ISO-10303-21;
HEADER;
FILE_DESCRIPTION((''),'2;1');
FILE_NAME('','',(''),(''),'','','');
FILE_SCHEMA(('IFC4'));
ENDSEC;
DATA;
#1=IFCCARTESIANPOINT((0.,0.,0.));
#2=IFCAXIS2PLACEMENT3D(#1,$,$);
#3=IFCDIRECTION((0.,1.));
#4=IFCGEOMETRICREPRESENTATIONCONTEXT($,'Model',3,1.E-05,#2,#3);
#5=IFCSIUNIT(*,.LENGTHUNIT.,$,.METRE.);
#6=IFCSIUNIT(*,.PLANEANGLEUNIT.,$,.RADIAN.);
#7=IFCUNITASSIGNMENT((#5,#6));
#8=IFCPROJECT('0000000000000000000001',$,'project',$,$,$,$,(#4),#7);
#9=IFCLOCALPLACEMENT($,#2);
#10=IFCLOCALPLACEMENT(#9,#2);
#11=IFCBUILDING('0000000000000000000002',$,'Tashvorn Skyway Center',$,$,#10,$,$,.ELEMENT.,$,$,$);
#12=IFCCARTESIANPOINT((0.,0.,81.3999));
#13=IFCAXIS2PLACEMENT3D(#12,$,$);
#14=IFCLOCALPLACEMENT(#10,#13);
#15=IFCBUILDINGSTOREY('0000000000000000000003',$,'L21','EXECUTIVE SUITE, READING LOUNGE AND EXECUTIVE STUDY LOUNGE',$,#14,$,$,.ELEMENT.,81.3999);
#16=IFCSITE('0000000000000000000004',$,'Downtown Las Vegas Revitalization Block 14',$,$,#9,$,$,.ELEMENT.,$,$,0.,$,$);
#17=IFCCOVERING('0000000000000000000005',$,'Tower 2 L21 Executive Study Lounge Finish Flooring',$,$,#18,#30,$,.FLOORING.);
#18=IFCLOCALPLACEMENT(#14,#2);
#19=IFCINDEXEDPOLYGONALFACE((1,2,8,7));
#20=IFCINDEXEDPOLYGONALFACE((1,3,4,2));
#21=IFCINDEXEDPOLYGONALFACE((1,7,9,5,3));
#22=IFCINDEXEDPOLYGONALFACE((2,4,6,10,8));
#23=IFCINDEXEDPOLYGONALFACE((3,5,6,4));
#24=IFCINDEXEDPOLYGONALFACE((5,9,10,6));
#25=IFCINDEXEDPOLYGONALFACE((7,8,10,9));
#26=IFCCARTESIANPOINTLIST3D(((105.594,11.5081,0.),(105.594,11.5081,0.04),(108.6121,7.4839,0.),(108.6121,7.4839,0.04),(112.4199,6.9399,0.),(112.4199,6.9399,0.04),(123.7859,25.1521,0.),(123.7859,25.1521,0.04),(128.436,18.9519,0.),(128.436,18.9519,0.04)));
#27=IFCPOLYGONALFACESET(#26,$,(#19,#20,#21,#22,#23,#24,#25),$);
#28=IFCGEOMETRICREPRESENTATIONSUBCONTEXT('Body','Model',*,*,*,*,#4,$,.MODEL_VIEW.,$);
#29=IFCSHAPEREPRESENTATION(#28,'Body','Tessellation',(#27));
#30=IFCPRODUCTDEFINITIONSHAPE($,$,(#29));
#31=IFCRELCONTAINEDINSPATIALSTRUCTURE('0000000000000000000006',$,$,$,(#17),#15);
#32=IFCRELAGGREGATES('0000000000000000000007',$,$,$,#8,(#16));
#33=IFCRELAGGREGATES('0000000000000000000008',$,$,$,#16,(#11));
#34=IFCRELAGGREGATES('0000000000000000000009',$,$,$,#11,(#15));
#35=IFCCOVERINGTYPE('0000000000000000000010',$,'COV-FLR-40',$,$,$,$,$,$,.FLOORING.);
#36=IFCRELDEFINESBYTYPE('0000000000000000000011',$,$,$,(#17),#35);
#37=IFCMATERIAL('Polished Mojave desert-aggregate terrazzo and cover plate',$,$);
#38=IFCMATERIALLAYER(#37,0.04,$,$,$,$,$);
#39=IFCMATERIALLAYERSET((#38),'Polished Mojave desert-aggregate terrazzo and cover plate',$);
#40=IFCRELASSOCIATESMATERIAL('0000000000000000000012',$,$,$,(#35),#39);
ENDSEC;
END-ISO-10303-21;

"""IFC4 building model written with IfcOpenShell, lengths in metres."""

from ifc_helpers import new_model, si_unit, direction, frame, origin, place, context, subcontext, project, spatial, polyline, outline, extrude, material, layer, layer_set, type_object, element, save


model = new_model("IFC4")

# Units and contexts
model_context = context("Model", 3, precision=1e-05, world=origin(), true_north=direction((0.0, 1.0)))
body_context = subcontext(model_context, "Body", "Model", "MODEL_VIEW")
ifc_project = project(units=[si_unit("LENGTHUNIT", "METRE"), si_unit("PLANEANGLEUNIT", "RADIAN")], contexts=[model_context])

# Site, building, storey
site_placement = place(None, origin())
site = spatial("IfcSite", under=ifc_project, at=site_placement, Name="Downtown Las Vegas Revitalization Block 14", CompositionType="ELEMENT", RefElevation=0.0)
building_placement = place(site_placement, origin())
building = spatial("IfcBuilding", under=site, at=building_placement, Name="Tashvorn Skyway Center", CompositionType="ELEMENT")
storey_placement = place(building_placement, frame((0.0, 0.0, 81.3999)))
storey = spatial("IfcBuildingStorey", under=building, at=storey_placement, Name="L21", Description="EXECUTIVE SUITE, READING LOUNGE AND EXECUTIVE STUDY LOUNGE", CompositionType="ELEMENT", Elevation=81.3999)

# Covering
ifc_material_1 = material(Name="Polished Mojave desert-aggregate terrazzo and cover plate")
ifc_layer_1 = layer(ifc_material_1, 0.04)
ifc_layer_set_1 = layer_set([ifc_layer_1], Name="Polished Mojave desert-aggregate terrazzo and cover plate")
covering_type_1 = type_object("IfcCoveringType", Name="COV-FLR-40", PredefinedType="FLOORING", material=ifc_layer_set_1)
covering_1_placement = place(storey_placement, origin())
element("IfcCovering", 1, at=covering_1_placement, inside=storey, type_object=covering_type_1, Name="Tower 2 L21 Executive Study Lounge Finish Flooring", PredefinedType="FLOORING", context=body_context, shape_type="SweptSolid", body=[
    extrude(outline(polyline([(112.4199, 6.9399), (108.6121, 7.4839), (105.594, 11.5081), (123.7859, 25.1521), (128.436, 18.9519), (112.4199, 6.9399)])), origin(), (0.0, 0.0, 1.0), 0.04),
])

save(model, "model.ifc")
